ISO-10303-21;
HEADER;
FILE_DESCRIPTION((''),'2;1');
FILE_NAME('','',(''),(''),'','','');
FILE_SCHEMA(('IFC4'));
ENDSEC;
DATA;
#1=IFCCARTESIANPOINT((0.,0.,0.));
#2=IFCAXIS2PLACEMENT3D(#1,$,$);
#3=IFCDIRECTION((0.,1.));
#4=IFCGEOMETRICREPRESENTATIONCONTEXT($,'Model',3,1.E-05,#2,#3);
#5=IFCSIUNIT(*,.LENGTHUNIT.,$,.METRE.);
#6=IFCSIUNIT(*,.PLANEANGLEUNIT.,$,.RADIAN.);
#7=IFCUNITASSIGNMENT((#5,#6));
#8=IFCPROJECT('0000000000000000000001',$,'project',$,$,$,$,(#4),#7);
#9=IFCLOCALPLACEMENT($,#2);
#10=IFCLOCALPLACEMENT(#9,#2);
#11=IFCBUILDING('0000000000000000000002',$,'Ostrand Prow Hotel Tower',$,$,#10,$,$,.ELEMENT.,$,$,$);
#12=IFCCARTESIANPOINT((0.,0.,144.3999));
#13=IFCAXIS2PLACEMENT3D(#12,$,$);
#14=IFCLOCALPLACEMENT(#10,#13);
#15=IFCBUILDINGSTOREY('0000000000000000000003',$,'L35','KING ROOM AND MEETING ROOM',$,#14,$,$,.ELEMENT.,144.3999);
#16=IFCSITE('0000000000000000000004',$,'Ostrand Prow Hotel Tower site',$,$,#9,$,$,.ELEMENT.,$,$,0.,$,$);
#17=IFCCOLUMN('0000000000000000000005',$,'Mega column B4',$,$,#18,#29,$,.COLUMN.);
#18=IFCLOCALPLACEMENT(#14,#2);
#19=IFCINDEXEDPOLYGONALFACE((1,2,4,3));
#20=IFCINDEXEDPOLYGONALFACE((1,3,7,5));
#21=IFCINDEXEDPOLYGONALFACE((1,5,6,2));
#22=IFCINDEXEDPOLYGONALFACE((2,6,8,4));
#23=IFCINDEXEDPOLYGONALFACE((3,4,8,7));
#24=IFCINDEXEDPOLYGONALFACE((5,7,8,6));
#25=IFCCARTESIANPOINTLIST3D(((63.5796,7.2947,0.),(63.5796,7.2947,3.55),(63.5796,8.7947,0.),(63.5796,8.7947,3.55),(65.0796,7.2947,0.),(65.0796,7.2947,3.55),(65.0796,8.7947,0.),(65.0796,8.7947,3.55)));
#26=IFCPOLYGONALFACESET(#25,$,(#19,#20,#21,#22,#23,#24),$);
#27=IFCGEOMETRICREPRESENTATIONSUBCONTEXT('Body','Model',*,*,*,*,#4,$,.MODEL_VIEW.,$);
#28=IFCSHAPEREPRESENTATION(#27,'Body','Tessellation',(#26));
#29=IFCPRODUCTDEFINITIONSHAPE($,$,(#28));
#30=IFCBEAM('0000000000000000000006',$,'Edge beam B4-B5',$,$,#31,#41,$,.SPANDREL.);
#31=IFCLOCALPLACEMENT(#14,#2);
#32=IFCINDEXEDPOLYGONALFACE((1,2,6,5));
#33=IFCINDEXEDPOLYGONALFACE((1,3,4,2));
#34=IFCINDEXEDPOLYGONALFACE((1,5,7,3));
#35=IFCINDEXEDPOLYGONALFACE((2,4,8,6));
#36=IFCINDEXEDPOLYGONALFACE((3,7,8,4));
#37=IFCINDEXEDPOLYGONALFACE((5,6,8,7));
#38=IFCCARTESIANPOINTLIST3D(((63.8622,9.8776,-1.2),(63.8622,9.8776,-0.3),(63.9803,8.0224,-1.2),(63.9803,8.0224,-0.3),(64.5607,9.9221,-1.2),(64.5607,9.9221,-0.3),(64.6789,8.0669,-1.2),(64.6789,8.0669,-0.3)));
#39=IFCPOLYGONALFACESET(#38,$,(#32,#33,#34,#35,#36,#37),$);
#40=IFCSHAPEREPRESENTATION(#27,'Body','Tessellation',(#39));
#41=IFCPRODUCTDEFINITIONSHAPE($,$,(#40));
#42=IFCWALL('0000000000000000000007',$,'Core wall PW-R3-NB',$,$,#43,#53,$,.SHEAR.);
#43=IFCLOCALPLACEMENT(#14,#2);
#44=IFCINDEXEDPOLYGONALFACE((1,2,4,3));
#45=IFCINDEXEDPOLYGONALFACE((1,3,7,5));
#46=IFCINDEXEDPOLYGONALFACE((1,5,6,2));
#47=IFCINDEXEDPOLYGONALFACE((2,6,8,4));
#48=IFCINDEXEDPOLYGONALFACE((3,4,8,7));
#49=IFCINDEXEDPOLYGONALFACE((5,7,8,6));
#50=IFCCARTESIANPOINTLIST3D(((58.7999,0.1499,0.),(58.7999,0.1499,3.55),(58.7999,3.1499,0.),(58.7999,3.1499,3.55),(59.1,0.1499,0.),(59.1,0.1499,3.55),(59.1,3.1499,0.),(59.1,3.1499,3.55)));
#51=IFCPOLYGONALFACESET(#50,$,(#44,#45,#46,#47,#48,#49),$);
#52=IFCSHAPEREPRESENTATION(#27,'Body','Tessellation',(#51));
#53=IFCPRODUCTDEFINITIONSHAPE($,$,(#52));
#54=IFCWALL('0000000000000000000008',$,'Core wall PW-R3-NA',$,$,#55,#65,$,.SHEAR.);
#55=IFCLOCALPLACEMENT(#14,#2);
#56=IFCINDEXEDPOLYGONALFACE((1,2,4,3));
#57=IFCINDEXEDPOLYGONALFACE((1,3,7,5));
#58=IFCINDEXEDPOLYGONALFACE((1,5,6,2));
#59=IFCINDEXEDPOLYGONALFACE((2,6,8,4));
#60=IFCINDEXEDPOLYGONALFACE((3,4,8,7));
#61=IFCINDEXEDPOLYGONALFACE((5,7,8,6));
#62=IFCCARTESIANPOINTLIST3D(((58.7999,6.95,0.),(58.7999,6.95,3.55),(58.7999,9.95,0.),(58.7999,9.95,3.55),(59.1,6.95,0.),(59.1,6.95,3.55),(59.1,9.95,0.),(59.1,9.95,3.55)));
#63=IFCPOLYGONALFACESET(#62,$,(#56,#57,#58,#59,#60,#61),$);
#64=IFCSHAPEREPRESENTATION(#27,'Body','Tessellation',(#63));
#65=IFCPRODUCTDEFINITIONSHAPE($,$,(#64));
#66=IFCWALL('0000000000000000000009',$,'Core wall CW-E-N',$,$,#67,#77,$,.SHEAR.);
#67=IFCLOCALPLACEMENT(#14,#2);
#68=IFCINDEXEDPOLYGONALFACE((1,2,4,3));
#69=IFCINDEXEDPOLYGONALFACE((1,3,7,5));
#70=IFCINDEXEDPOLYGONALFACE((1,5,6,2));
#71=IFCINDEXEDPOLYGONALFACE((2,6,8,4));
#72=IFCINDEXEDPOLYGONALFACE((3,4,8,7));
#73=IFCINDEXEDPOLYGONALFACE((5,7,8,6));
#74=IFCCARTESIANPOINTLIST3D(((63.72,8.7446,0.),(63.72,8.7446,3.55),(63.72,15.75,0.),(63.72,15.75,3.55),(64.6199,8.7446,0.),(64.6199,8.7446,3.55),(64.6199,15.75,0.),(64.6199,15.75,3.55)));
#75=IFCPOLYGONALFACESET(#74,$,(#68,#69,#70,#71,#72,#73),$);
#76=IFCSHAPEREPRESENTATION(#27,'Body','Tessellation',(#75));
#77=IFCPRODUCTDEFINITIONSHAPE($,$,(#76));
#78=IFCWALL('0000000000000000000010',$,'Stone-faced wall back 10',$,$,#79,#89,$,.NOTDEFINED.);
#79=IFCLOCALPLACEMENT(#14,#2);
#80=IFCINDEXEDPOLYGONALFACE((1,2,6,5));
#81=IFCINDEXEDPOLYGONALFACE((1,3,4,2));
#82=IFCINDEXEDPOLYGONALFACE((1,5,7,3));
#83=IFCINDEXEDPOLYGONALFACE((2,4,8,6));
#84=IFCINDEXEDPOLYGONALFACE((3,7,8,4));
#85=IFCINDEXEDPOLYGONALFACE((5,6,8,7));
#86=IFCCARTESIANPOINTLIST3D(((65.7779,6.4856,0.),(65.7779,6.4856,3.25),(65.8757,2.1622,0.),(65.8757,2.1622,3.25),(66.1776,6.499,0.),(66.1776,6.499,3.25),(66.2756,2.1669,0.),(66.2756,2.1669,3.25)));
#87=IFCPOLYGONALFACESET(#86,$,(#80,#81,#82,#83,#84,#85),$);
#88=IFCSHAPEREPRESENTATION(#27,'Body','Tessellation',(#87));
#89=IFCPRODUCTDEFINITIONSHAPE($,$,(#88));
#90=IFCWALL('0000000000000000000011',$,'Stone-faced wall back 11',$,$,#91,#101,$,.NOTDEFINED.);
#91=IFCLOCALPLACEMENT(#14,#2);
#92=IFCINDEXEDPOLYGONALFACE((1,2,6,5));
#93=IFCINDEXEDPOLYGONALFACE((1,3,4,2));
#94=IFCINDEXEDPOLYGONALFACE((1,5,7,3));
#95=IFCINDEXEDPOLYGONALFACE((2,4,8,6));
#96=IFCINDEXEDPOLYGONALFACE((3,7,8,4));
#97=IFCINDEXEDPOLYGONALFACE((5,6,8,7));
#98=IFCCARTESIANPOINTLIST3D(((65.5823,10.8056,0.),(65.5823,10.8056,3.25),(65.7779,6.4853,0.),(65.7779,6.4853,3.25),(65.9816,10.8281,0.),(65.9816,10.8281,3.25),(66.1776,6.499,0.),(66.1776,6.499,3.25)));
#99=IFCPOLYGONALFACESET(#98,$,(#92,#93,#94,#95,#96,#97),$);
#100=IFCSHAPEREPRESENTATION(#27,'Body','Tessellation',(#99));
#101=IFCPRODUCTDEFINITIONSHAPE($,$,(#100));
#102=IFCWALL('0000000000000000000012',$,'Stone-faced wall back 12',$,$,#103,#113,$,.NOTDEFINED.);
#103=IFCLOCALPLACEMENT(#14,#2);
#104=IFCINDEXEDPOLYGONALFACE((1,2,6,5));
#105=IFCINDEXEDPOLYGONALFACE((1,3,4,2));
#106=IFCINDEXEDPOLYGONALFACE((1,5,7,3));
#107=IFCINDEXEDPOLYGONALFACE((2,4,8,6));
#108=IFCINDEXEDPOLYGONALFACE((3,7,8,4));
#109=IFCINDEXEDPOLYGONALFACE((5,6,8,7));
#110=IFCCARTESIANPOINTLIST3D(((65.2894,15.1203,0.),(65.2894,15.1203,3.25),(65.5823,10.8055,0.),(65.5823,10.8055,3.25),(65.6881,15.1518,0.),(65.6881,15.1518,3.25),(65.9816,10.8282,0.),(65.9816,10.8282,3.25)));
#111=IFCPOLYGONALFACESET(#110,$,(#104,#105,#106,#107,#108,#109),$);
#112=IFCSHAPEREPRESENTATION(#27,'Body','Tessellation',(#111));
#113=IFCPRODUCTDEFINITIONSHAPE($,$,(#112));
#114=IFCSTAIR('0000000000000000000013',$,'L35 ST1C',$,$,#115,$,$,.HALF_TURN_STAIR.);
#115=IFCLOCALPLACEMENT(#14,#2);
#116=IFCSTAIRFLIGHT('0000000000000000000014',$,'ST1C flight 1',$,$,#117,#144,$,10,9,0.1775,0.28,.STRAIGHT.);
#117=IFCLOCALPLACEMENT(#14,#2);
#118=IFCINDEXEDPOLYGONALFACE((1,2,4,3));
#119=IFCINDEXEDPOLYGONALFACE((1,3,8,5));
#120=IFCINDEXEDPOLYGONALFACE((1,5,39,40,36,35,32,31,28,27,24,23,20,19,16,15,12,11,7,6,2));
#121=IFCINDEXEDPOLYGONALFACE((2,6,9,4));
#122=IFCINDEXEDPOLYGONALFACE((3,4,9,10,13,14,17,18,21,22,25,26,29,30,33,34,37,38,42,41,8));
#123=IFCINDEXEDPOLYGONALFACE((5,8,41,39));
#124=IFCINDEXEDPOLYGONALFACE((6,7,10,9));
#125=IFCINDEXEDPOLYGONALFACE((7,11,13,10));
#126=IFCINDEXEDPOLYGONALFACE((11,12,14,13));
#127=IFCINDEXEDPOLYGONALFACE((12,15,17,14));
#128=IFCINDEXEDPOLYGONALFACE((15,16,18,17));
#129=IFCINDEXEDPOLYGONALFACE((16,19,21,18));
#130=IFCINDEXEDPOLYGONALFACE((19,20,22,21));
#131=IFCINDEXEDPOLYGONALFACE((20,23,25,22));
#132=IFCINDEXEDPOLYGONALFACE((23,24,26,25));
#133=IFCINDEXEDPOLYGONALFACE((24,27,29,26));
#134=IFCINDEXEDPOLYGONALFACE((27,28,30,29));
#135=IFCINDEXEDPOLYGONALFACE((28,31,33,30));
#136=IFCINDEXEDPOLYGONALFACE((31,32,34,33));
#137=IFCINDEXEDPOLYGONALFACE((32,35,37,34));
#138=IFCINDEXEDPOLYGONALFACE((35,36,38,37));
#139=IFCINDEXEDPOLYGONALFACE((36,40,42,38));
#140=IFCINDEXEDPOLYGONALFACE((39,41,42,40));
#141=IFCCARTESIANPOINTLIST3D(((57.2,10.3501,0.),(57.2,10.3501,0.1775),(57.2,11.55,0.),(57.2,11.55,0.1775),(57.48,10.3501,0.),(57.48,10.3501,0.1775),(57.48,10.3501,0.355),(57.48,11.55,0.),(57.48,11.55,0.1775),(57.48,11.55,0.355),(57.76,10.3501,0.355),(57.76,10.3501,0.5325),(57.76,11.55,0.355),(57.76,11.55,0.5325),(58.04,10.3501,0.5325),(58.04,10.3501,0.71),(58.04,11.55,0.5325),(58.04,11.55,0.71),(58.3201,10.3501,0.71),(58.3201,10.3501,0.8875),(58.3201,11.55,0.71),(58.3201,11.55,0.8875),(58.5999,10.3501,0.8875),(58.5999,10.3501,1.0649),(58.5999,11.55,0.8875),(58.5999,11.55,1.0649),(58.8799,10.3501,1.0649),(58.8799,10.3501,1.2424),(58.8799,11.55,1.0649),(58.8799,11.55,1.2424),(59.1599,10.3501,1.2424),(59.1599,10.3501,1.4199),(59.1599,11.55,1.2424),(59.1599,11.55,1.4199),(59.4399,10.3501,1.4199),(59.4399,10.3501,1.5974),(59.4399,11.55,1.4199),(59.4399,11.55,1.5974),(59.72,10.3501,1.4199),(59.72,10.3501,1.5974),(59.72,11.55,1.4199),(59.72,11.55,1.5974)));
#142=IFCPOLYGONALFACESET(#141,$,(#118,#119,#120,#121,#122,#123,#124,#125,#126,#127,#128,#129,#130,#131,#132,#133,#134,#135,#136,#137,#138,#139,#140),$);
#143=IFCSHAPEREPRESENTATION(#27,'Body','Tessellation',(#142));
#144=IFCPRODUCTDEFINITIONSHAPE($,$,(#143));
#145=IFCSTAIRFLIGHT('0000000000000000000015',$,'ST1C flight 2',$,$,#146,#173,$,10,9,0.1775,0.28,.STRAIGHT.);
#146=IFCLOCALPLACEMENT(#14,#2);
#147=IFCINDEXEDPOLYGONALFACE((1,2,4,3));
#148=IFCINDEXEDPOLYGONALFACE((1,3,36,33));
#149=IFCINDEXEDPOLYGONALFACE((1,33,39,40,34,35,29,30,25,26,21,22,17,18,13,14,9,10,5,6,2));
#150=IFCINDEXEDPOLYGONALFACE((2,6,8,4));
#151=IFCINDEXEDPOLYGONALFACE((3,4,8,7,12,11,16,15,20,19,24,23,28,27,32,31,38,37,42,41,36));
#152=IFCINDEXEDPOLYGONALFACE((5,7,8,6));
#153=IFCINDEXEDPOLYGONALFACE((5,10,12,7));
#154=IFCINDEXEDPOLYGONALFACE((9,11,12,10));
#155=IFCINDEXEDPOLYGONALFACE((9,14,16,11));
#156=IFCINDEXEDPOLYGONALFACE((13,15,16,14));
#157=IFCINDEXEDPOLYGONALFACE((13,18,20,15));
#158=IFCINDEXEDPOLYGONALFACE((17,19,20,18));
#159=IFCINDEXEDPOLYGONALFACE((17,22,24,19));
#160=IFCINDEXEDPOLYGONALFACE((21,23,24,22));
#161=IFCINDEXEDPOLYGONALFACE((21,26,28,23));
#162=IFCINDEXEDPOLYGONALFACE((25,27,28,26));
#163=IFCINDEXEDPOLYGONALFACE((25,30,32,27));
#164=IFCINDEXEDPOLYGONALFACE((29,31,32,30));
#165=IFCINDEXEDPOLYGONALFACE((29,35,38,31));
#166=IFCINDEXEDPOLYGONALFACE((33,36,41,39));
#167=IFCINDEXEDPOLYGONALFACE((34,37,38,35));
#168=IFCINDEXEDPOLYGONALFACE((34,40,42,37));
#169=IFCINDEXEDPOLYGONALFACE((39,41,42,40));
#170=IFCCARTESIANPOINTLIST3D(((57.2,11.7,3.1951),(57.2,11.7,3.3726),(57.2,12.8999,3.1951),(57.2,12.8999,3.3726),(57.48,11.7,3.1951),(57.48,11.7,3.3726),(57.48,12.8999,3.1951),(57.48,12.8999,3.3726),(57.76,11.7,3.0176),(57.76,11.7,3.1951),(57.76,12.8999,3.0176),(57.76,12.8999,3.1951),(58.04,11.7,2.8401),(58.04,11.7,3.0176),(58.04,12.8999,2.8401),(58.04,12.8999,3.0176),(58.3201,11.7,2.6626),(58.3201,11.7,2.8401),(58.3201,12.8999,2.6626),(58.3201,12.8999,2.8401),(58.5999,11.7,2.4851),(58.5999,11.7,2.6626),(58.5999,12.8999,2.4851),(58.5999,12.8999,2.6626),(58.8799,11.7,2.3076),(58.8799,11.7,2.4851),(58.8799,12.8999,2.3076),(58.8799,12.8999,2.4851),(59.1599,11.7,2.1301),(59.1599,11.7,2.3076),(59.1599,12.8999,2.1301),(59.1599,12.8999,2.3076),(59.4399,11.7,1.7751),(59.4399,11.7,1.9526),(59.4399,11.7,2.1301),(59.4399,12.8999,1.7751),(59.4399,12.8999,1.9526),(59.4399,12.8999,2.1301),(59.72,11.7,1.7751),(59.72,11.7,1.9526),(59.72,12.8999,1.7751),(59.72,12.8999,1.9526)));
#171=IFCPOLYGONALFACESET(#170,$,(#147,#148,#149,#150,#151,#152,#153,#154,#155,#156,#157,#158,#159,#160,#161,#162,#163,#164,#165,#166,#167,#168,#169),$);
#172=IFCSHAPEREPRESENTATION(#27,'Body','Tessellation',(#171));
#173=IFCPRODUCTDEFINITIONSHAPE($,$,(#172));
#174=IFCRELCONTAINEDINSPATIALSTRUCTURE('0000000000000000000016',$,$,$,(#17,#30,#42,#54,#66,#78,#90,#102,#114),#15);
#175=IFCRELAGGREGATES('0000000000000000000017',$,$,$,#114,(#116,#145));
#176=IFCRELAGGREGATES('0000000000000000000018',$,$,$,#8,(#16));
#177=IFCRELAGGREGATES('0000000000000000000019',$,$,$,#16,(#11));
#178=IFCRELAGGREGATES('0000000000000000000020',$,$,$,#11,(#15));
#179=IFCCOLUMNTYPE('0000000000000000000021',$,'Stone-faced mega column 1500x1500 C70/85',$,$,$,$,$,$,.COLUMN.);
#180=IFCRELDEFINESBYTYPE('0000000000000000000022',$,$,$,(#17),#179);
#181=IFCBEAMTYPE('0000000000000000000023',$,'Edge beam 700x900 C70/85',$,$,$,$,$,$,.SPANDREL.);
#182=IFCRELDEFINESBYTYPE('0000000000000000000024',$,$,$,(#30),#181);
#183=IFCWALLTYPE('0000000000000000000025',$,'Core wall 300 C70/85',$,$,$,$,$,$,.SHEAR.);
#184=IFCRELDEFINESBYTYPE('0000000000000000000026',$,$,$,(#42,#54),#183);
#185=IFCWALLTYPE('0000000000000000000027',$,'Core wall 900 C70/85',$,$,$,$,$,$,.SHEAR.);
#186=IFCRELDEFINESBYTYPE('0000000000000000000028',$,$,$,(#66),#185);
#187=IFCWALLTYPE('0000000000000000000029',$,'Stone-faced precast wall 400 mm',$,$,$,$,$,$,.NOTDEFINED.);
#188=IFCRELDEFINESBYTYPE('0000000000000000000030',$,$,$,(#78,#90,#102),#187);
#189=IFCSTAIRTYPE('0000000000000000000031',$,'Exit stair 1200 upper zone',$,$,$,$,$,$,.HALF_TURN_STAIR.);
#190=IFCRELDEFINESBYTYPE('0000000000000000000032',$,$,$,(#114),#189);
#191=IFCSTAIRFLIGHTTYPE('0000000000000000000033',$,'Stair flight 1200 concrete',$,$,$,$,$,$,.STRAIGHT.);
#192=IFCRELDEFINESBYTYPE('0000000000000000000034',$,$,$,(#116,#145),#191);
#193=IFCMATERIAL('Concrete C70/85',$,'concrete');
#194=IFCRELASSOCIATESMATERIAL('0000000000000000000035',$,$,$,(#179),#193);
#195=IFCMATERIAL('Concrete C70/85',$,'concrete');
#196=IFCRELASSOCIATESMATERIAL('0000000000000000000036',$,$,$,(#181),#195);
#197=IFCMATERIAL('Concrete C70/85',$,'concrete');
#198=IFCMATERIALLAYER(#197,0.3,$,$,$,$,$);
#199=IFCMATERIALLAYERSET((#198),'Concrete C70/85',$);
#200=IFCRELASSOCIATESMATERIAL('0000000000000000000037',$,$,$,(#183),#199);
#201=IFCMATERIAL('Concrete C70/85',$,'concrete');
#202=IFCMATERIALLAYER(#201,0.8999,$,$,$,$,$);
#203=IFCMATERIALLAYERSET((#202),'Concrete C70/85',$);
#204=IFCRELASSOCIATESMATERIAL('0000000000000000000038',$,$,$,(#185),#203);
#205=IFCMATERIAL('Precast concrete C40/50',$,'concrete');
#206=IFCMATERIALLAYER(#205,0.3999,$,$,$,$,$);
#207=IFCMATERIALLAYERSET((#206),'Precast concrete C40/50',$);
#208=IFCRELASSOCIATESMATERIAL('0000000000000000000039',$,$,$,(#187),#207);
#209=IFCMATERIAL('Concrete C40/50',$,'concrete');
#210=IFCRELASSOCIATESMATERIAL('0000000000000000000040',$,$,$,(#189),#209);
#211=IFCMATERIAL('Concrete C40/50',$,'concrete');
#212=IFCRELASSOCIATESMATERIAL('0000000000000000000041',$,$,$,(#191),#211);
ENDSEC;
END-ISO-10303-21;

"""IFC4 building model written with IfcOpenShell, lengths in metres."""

from ifc_helpers import new_model, si_unit, direction, frame, frame_2d, origin, origin_2d, place, context, subcontext, project, spatial, polyline, rectangle, outline, extrude, material, layer, layer_set, material_profile, profile_set, type_object, element, aggregate, save


model = new_model("IFC4")

# Units and contexts
model_context = context("Model", 3, precision=1e-05, world=origin(), true_north=direction((0.0, 1.0)))
body_context = subcontext(model_context, "Body", "Model", "MODEL_VIEW")
ifc_project = project(units=[si_unit("LENGTHUNIT", "METRE"), si_unit("PLANEANGLEUNIT", "RADIAN")], contexts=[model_context])

# Site, building, storey
site_placement = place(None, origin())
site = spatial("IfcSite", under=ifc_project, at=site_placement, Name="Ostrand Prow Hotel Tower site", CompositionType="ELEMENT", RefElevation=0.0)
building_placement = place(site_placement, origin())
building = spatial("IfcBuilding", under=site, at=building_placement, Name="Ostrand Prow Hotel Tower", CompositionType="ELEMENT")
storey_placement = place(building_placement, frame((0.0, 0.0, 144.3999)))
storey = spatial("IfcBuildingStorey", under=building, at=storey_placement, Name="L35", Description="KING ROOM AND MEETING ROOM", CompositionType="ELEMENT", Elevation=144.3999)

# Column
ifc_material_1 = material(Name="Concrete C70/85", Category="concrete")
ifc_material_profile_1 = material_profile(ifc_material_1, rectangle(XDim=1.5, YDim=1.5, at=origin_2d()), Name="RC 1500x1500")
ifc_profile_set_1 = profile_set([ifc_material_profile_1], Name="Concrete C70/85")
column_type = type_object("IfcColumnType", Name="Stone-faced mega column 1500x1500 C70/85", PredefinedType="COLUMN", material=ifc_profile_set_1)
column_placement = place(storey_placement, frame((64.3296, 8.0447, 0.0), z_axis=(0.0, 0.0, 1.0), x_axis=(1.0, 0.0, 0.0)))
element("IfcColumn", 1, at=column_placement, inside=storey, type_object=column_type, Name="Mega column B4", PredefinedType="COLUMN", context=body_context, shape_type="SweptSolid", body=[
    extrude(rectangle(XDim=1.5, YDim=1.5, at=origin_2d()), origin(), (0.0, 0.0, 1.0), 3.55),
])

# Beam
ifc_material_2 = material(Name="Concrete C70/85", Category="concrete")
ifc_material_profile_2 = material_profile(ifc_material_2, rectangle(XDim=0.7, YDim=0.8999, at=origin_2d()), Name="RC 700x900")
ifc_profile_set_2 = profile_set([ifc_material_profile_2], Name="Concrete C70/85")
beam_type = type_object("IfcBeamType", Name="Edge beam 700x900 C70/85", PredefinedType="SPANDREL", material=ifc_profile_set_2)
beam_placement = place(storey_placement, frame((64.3296, 8.0447, -0.75), z_axis=(-0.063564, 0.997978, 0.0), x_axis=(-0.997978, -0.063564, 0.0)))
element("IfcBeam", 2, at=beam_placement, inside=storey, type_object=beam_type, Name="Edge beam B4-B5", PredefinedType="SPANDREL", context=body_context, shape_type="SweptSolid", body=[
    extrude(rectangle(XDim=0.7, YDim=0.8999, at=origin_2d()), origin(), (0.0, 0.0, 1.0), 1.8589),
])

# Walls
ifc_material_3 = material(Name="Concrete C70/85", Category="concrete")
ifc_layer_1 = layer(ifc_material_3, 0.3)
ifc_layer_set_1 = layer_set([ifc_layer_1], Name="Concrete C70/85")
wall_type_1 = type_object("IfcWallType", Name="Core wall 300 C70/85", PredefinedType="SHEAR", material=ifc_layer_set_1)
for number, where, z_axis, x_axis, name in (
    (3, (58.95, 0.1499, 0.0), (0.0, 0.0, 1.0), (0.0, 1.0, 0.0), "Core wall PW-R3-NB"),
    (4, (58.95, 6.95, 0.0), (0.0, 0.0, 1.0), (0.0, 1.0, 0.0), "Core wall PW-R3-NA"),
):
    element("IfcWall", number, at=place(storey_placement, frame(where, z_axis=z_axis, x_axis=x_axis)), inside=storey, type_object=wall_type_1, Name=name, PredefinedType="SHEAR", context=body_context, shape_type="SweptSolid", body=[
        extrude(rectangle(XDim=3.0, YDim=0.3, at=frame_2d((1.5, 0.0))), origin(), (0.0, 0.0, 1.0), 3.55),
    ])
ifc_material_4 = material(Name="Concrete C70/85", Category="concrete")
ifc_layer_2 = layer(ifc_material_4, 0.8999)
ifc_layer_set_2 = layer_set([ifc_layer_2], Name="Concrete C70/85")
wall_type_2 = type_object("IfcWallType", Name="Core wall 900 C70/85", PredefinedType="SHEAR", material=ifc_layer_set_2)
wall_1_placement = place(storey_placement, frame((64.1699, 8.7446, 0.0), z_axis=(0.0, 0.0, 1.0), x_axis=(0.0, 1.0, 0.0)))
element("IfcWall", 5, at=wall_1_placement, inside=storey, type_object=wall_type_2, Name="Core wall CW-E-N", PredefinedType="SHEAR", context=body_context, shape_type="SweptSolid", body=[
    extrude(rectangle(XDim=7.0054, YDim=0.8999, at=frame_2d((3.5027, 0.0))), origin(), (0.0, 0.0, 1.0), 3.55),
])
ifc_material_5 = material(Name="Precast concrete C40/50", Category="concrete")
ifc_layer_3 = layer(ifc_material_5, 0.3999)
ifc_layer_set_3 = layer_set([ifc_layer_3], Name="Precast concrete C40/50")
wall_type_3 = type_object("IfcWallType", Name="Stone-faced precast wall 400 mm", PredefinedType="NOTDEFINED", material=ifc_layer_set_3)
wall_2_placement = place(storey_placement, frame((66.0757, 2.1646, 0.0), z_axis=(0.0, 0.0, 1.0), x_axis=(-0.022616, 0.999744, 0.0)))
element("IfcWall", 6, at=wall_2_placement, inside=storey, type_object=wall_type_3, Name="Stone-faced wall back 10", PredefinedType="NOTDEFINED", context=body_context, shape_type="SweptSolid", body=[
    extrude(outline(polyline([(-0.0022, -0.2), (4.3311, -0.2), (4.3267, 0.2), (0.0022, 0.2), (-0.0022, -0.2)])), origin(), (0.0, 0.0, 1.0), 3.25),
])
for number, where, z_axis, x_axis, name in (
    (7, (65.9778, 6.4922, 0.0), (0.0, 0.0, 1.0), (-0.045229, 0.998977, 0.0), "Stone-faced wall back 11"),
    (8, (65.782, 10.8169, 0.0), (0.0, 0.0, 1.0), (-0.067732, 0.997704, 0.0), "Stone-faced wall back 12"),
):
    element("IfcWall", number, at=place(storey_placement, frame(where, z_axis=z_axis, x_axis=x_axis)), inside=storey, type_object=wall_type_3, Name=name, PredefinedType="NOTDEFINED", context=body_context, shape_type="SweptSolid", body=[
        extrude(outline(polyline([(-0.0022, -0.2), (4.3313, -0.2), (4.3269, 0.2), (0.0022, 0.2), (-0.0022, -0.2)])), origin(), (0.0, 0.0, 1.0), 3.25),
    ])

# Stair, stair flights
ifc_material_6 = material(Name="Concrete C40/50", Category="concrete")
stair_type = type_object("IfcStairType", Name="Exit stair 1200 upper zone", PredefinedType="HALF_TURN_STAIR", material=ifc_material_6)
stair_1_placement = place(storey_placement, origin())
stair_1 = element("IfcStair", 9, at=stair_1_placement, inside=storey, type_object=stair_type, Name="L35 ST1C", PredefinedType="HALF_TURN_STAIR")
ifc_material_7 = material(Name="Concrete C40/50", Category="concrete")
stair_flight_type = type_object("IfcStairFlightType", Name="Stair flight 1200 concrete", PredefinedType="STRAIGHT", material=ifc_material_7)
stair_flight_1_placement = place(storey_placement, frame((57.2, 10.95, 0.0), z_axis=(0.0, 0.0, 1.0), x_axis=(1.0, 0.0, 0.0)))
stair_flight_1 = element("IfcStairFlight", 10, at=stair_flight_1_placement, type_object=stair_flight_type, Name="ST1C flight 1", NumberOfRisers=10, NumberOfTreads=9, PredefinedType="STRAIGHT", RiserHeight=0.1775, TreadLength=0.28, context=body_context, shape_type="SweptSolid", body=[
    extrude(outline(polyline([(0.0, 0.0), (0.0, 0.1775), (0.28, 0.1775), (0.28, 0.355), (0.5601, 0.355), (0.5601, 0.5325), (0.8401, 0.5325), (0.8401, 0.71), (1.1201, 0.71), (1.1201, 0.8875), (1.3999, 0.8875), (1.3999, 1.0649), (1.6799, 1.0649), (1.6799, 1.2424), (1.96, 1.2424), (1.96, 1.4199), (2.24, 1.4199), (2.24, 1.5974), (2.52, 1.5974), (2.52, 1.7749), (2.52, 1.4199), (0.28, 0.0), (0.0, 0.0)])), frame((0.0, 0.6001, 0.0), z_axis=(0.0, -1.0, 0.0), x_axis=(1.0, 0.0, 0.0)), (0.0, 0.0, 1.0), 1.2),
])
stair_flight_2_placement = place(storey_placement, frame((59.72, 12.3, 1.7751), z_axis=(0.0, 0.0, 1.0), x_axis=(-1.0, 0.0, 0.0)))
stair_flight_2 = element("IfcStairFlight", 11, at=stair_flight_2_placement, type_object=stair_flight_type, Name="ST1C flight 2", NumberOfRisers=10, NumberOfTreads=9, PredefinedType="STRAIGHT", RiserHeight=0.1775, TreadLength=0.28, context=body_context, shape_type="SweptSolid", body=[
    extrude(outline(polyline([(0.0, 0.0), (0.0, 0.1775), (0.28, 0.1775), (0.28, 0.355), (0.5601, 0.355), (0.5601, 0.5325), (0.8401, 0.5325), (0.8401, 0.71), (1.1201, 0.71), (1.1201, 0.8875), (1.3999, 0.8875), (1.3999, 1.0649), (1.6799, 1.0649), (1.6799, 1.2424), (1.96, 1.2424), (1.96, 1.4199), (2.24, 1.4199), (2.24, 1.5974), (2.52, 1.5974), (2.52, 1.7749), (2.52, 1.4199), (0.28, 0.0), (0.0, 0.0)])), frame((0.0, 0.6001, 0.0), z_axis=(0.0, -1.0, 0.0), x_axis=(1.0, 0.0, 0.0)), (0.0, 0.0, 1.0), 1.2),
])
aggregate(stair_1, [stair_flight_1, stair_flight_2])

save(model, "model.ifc")
